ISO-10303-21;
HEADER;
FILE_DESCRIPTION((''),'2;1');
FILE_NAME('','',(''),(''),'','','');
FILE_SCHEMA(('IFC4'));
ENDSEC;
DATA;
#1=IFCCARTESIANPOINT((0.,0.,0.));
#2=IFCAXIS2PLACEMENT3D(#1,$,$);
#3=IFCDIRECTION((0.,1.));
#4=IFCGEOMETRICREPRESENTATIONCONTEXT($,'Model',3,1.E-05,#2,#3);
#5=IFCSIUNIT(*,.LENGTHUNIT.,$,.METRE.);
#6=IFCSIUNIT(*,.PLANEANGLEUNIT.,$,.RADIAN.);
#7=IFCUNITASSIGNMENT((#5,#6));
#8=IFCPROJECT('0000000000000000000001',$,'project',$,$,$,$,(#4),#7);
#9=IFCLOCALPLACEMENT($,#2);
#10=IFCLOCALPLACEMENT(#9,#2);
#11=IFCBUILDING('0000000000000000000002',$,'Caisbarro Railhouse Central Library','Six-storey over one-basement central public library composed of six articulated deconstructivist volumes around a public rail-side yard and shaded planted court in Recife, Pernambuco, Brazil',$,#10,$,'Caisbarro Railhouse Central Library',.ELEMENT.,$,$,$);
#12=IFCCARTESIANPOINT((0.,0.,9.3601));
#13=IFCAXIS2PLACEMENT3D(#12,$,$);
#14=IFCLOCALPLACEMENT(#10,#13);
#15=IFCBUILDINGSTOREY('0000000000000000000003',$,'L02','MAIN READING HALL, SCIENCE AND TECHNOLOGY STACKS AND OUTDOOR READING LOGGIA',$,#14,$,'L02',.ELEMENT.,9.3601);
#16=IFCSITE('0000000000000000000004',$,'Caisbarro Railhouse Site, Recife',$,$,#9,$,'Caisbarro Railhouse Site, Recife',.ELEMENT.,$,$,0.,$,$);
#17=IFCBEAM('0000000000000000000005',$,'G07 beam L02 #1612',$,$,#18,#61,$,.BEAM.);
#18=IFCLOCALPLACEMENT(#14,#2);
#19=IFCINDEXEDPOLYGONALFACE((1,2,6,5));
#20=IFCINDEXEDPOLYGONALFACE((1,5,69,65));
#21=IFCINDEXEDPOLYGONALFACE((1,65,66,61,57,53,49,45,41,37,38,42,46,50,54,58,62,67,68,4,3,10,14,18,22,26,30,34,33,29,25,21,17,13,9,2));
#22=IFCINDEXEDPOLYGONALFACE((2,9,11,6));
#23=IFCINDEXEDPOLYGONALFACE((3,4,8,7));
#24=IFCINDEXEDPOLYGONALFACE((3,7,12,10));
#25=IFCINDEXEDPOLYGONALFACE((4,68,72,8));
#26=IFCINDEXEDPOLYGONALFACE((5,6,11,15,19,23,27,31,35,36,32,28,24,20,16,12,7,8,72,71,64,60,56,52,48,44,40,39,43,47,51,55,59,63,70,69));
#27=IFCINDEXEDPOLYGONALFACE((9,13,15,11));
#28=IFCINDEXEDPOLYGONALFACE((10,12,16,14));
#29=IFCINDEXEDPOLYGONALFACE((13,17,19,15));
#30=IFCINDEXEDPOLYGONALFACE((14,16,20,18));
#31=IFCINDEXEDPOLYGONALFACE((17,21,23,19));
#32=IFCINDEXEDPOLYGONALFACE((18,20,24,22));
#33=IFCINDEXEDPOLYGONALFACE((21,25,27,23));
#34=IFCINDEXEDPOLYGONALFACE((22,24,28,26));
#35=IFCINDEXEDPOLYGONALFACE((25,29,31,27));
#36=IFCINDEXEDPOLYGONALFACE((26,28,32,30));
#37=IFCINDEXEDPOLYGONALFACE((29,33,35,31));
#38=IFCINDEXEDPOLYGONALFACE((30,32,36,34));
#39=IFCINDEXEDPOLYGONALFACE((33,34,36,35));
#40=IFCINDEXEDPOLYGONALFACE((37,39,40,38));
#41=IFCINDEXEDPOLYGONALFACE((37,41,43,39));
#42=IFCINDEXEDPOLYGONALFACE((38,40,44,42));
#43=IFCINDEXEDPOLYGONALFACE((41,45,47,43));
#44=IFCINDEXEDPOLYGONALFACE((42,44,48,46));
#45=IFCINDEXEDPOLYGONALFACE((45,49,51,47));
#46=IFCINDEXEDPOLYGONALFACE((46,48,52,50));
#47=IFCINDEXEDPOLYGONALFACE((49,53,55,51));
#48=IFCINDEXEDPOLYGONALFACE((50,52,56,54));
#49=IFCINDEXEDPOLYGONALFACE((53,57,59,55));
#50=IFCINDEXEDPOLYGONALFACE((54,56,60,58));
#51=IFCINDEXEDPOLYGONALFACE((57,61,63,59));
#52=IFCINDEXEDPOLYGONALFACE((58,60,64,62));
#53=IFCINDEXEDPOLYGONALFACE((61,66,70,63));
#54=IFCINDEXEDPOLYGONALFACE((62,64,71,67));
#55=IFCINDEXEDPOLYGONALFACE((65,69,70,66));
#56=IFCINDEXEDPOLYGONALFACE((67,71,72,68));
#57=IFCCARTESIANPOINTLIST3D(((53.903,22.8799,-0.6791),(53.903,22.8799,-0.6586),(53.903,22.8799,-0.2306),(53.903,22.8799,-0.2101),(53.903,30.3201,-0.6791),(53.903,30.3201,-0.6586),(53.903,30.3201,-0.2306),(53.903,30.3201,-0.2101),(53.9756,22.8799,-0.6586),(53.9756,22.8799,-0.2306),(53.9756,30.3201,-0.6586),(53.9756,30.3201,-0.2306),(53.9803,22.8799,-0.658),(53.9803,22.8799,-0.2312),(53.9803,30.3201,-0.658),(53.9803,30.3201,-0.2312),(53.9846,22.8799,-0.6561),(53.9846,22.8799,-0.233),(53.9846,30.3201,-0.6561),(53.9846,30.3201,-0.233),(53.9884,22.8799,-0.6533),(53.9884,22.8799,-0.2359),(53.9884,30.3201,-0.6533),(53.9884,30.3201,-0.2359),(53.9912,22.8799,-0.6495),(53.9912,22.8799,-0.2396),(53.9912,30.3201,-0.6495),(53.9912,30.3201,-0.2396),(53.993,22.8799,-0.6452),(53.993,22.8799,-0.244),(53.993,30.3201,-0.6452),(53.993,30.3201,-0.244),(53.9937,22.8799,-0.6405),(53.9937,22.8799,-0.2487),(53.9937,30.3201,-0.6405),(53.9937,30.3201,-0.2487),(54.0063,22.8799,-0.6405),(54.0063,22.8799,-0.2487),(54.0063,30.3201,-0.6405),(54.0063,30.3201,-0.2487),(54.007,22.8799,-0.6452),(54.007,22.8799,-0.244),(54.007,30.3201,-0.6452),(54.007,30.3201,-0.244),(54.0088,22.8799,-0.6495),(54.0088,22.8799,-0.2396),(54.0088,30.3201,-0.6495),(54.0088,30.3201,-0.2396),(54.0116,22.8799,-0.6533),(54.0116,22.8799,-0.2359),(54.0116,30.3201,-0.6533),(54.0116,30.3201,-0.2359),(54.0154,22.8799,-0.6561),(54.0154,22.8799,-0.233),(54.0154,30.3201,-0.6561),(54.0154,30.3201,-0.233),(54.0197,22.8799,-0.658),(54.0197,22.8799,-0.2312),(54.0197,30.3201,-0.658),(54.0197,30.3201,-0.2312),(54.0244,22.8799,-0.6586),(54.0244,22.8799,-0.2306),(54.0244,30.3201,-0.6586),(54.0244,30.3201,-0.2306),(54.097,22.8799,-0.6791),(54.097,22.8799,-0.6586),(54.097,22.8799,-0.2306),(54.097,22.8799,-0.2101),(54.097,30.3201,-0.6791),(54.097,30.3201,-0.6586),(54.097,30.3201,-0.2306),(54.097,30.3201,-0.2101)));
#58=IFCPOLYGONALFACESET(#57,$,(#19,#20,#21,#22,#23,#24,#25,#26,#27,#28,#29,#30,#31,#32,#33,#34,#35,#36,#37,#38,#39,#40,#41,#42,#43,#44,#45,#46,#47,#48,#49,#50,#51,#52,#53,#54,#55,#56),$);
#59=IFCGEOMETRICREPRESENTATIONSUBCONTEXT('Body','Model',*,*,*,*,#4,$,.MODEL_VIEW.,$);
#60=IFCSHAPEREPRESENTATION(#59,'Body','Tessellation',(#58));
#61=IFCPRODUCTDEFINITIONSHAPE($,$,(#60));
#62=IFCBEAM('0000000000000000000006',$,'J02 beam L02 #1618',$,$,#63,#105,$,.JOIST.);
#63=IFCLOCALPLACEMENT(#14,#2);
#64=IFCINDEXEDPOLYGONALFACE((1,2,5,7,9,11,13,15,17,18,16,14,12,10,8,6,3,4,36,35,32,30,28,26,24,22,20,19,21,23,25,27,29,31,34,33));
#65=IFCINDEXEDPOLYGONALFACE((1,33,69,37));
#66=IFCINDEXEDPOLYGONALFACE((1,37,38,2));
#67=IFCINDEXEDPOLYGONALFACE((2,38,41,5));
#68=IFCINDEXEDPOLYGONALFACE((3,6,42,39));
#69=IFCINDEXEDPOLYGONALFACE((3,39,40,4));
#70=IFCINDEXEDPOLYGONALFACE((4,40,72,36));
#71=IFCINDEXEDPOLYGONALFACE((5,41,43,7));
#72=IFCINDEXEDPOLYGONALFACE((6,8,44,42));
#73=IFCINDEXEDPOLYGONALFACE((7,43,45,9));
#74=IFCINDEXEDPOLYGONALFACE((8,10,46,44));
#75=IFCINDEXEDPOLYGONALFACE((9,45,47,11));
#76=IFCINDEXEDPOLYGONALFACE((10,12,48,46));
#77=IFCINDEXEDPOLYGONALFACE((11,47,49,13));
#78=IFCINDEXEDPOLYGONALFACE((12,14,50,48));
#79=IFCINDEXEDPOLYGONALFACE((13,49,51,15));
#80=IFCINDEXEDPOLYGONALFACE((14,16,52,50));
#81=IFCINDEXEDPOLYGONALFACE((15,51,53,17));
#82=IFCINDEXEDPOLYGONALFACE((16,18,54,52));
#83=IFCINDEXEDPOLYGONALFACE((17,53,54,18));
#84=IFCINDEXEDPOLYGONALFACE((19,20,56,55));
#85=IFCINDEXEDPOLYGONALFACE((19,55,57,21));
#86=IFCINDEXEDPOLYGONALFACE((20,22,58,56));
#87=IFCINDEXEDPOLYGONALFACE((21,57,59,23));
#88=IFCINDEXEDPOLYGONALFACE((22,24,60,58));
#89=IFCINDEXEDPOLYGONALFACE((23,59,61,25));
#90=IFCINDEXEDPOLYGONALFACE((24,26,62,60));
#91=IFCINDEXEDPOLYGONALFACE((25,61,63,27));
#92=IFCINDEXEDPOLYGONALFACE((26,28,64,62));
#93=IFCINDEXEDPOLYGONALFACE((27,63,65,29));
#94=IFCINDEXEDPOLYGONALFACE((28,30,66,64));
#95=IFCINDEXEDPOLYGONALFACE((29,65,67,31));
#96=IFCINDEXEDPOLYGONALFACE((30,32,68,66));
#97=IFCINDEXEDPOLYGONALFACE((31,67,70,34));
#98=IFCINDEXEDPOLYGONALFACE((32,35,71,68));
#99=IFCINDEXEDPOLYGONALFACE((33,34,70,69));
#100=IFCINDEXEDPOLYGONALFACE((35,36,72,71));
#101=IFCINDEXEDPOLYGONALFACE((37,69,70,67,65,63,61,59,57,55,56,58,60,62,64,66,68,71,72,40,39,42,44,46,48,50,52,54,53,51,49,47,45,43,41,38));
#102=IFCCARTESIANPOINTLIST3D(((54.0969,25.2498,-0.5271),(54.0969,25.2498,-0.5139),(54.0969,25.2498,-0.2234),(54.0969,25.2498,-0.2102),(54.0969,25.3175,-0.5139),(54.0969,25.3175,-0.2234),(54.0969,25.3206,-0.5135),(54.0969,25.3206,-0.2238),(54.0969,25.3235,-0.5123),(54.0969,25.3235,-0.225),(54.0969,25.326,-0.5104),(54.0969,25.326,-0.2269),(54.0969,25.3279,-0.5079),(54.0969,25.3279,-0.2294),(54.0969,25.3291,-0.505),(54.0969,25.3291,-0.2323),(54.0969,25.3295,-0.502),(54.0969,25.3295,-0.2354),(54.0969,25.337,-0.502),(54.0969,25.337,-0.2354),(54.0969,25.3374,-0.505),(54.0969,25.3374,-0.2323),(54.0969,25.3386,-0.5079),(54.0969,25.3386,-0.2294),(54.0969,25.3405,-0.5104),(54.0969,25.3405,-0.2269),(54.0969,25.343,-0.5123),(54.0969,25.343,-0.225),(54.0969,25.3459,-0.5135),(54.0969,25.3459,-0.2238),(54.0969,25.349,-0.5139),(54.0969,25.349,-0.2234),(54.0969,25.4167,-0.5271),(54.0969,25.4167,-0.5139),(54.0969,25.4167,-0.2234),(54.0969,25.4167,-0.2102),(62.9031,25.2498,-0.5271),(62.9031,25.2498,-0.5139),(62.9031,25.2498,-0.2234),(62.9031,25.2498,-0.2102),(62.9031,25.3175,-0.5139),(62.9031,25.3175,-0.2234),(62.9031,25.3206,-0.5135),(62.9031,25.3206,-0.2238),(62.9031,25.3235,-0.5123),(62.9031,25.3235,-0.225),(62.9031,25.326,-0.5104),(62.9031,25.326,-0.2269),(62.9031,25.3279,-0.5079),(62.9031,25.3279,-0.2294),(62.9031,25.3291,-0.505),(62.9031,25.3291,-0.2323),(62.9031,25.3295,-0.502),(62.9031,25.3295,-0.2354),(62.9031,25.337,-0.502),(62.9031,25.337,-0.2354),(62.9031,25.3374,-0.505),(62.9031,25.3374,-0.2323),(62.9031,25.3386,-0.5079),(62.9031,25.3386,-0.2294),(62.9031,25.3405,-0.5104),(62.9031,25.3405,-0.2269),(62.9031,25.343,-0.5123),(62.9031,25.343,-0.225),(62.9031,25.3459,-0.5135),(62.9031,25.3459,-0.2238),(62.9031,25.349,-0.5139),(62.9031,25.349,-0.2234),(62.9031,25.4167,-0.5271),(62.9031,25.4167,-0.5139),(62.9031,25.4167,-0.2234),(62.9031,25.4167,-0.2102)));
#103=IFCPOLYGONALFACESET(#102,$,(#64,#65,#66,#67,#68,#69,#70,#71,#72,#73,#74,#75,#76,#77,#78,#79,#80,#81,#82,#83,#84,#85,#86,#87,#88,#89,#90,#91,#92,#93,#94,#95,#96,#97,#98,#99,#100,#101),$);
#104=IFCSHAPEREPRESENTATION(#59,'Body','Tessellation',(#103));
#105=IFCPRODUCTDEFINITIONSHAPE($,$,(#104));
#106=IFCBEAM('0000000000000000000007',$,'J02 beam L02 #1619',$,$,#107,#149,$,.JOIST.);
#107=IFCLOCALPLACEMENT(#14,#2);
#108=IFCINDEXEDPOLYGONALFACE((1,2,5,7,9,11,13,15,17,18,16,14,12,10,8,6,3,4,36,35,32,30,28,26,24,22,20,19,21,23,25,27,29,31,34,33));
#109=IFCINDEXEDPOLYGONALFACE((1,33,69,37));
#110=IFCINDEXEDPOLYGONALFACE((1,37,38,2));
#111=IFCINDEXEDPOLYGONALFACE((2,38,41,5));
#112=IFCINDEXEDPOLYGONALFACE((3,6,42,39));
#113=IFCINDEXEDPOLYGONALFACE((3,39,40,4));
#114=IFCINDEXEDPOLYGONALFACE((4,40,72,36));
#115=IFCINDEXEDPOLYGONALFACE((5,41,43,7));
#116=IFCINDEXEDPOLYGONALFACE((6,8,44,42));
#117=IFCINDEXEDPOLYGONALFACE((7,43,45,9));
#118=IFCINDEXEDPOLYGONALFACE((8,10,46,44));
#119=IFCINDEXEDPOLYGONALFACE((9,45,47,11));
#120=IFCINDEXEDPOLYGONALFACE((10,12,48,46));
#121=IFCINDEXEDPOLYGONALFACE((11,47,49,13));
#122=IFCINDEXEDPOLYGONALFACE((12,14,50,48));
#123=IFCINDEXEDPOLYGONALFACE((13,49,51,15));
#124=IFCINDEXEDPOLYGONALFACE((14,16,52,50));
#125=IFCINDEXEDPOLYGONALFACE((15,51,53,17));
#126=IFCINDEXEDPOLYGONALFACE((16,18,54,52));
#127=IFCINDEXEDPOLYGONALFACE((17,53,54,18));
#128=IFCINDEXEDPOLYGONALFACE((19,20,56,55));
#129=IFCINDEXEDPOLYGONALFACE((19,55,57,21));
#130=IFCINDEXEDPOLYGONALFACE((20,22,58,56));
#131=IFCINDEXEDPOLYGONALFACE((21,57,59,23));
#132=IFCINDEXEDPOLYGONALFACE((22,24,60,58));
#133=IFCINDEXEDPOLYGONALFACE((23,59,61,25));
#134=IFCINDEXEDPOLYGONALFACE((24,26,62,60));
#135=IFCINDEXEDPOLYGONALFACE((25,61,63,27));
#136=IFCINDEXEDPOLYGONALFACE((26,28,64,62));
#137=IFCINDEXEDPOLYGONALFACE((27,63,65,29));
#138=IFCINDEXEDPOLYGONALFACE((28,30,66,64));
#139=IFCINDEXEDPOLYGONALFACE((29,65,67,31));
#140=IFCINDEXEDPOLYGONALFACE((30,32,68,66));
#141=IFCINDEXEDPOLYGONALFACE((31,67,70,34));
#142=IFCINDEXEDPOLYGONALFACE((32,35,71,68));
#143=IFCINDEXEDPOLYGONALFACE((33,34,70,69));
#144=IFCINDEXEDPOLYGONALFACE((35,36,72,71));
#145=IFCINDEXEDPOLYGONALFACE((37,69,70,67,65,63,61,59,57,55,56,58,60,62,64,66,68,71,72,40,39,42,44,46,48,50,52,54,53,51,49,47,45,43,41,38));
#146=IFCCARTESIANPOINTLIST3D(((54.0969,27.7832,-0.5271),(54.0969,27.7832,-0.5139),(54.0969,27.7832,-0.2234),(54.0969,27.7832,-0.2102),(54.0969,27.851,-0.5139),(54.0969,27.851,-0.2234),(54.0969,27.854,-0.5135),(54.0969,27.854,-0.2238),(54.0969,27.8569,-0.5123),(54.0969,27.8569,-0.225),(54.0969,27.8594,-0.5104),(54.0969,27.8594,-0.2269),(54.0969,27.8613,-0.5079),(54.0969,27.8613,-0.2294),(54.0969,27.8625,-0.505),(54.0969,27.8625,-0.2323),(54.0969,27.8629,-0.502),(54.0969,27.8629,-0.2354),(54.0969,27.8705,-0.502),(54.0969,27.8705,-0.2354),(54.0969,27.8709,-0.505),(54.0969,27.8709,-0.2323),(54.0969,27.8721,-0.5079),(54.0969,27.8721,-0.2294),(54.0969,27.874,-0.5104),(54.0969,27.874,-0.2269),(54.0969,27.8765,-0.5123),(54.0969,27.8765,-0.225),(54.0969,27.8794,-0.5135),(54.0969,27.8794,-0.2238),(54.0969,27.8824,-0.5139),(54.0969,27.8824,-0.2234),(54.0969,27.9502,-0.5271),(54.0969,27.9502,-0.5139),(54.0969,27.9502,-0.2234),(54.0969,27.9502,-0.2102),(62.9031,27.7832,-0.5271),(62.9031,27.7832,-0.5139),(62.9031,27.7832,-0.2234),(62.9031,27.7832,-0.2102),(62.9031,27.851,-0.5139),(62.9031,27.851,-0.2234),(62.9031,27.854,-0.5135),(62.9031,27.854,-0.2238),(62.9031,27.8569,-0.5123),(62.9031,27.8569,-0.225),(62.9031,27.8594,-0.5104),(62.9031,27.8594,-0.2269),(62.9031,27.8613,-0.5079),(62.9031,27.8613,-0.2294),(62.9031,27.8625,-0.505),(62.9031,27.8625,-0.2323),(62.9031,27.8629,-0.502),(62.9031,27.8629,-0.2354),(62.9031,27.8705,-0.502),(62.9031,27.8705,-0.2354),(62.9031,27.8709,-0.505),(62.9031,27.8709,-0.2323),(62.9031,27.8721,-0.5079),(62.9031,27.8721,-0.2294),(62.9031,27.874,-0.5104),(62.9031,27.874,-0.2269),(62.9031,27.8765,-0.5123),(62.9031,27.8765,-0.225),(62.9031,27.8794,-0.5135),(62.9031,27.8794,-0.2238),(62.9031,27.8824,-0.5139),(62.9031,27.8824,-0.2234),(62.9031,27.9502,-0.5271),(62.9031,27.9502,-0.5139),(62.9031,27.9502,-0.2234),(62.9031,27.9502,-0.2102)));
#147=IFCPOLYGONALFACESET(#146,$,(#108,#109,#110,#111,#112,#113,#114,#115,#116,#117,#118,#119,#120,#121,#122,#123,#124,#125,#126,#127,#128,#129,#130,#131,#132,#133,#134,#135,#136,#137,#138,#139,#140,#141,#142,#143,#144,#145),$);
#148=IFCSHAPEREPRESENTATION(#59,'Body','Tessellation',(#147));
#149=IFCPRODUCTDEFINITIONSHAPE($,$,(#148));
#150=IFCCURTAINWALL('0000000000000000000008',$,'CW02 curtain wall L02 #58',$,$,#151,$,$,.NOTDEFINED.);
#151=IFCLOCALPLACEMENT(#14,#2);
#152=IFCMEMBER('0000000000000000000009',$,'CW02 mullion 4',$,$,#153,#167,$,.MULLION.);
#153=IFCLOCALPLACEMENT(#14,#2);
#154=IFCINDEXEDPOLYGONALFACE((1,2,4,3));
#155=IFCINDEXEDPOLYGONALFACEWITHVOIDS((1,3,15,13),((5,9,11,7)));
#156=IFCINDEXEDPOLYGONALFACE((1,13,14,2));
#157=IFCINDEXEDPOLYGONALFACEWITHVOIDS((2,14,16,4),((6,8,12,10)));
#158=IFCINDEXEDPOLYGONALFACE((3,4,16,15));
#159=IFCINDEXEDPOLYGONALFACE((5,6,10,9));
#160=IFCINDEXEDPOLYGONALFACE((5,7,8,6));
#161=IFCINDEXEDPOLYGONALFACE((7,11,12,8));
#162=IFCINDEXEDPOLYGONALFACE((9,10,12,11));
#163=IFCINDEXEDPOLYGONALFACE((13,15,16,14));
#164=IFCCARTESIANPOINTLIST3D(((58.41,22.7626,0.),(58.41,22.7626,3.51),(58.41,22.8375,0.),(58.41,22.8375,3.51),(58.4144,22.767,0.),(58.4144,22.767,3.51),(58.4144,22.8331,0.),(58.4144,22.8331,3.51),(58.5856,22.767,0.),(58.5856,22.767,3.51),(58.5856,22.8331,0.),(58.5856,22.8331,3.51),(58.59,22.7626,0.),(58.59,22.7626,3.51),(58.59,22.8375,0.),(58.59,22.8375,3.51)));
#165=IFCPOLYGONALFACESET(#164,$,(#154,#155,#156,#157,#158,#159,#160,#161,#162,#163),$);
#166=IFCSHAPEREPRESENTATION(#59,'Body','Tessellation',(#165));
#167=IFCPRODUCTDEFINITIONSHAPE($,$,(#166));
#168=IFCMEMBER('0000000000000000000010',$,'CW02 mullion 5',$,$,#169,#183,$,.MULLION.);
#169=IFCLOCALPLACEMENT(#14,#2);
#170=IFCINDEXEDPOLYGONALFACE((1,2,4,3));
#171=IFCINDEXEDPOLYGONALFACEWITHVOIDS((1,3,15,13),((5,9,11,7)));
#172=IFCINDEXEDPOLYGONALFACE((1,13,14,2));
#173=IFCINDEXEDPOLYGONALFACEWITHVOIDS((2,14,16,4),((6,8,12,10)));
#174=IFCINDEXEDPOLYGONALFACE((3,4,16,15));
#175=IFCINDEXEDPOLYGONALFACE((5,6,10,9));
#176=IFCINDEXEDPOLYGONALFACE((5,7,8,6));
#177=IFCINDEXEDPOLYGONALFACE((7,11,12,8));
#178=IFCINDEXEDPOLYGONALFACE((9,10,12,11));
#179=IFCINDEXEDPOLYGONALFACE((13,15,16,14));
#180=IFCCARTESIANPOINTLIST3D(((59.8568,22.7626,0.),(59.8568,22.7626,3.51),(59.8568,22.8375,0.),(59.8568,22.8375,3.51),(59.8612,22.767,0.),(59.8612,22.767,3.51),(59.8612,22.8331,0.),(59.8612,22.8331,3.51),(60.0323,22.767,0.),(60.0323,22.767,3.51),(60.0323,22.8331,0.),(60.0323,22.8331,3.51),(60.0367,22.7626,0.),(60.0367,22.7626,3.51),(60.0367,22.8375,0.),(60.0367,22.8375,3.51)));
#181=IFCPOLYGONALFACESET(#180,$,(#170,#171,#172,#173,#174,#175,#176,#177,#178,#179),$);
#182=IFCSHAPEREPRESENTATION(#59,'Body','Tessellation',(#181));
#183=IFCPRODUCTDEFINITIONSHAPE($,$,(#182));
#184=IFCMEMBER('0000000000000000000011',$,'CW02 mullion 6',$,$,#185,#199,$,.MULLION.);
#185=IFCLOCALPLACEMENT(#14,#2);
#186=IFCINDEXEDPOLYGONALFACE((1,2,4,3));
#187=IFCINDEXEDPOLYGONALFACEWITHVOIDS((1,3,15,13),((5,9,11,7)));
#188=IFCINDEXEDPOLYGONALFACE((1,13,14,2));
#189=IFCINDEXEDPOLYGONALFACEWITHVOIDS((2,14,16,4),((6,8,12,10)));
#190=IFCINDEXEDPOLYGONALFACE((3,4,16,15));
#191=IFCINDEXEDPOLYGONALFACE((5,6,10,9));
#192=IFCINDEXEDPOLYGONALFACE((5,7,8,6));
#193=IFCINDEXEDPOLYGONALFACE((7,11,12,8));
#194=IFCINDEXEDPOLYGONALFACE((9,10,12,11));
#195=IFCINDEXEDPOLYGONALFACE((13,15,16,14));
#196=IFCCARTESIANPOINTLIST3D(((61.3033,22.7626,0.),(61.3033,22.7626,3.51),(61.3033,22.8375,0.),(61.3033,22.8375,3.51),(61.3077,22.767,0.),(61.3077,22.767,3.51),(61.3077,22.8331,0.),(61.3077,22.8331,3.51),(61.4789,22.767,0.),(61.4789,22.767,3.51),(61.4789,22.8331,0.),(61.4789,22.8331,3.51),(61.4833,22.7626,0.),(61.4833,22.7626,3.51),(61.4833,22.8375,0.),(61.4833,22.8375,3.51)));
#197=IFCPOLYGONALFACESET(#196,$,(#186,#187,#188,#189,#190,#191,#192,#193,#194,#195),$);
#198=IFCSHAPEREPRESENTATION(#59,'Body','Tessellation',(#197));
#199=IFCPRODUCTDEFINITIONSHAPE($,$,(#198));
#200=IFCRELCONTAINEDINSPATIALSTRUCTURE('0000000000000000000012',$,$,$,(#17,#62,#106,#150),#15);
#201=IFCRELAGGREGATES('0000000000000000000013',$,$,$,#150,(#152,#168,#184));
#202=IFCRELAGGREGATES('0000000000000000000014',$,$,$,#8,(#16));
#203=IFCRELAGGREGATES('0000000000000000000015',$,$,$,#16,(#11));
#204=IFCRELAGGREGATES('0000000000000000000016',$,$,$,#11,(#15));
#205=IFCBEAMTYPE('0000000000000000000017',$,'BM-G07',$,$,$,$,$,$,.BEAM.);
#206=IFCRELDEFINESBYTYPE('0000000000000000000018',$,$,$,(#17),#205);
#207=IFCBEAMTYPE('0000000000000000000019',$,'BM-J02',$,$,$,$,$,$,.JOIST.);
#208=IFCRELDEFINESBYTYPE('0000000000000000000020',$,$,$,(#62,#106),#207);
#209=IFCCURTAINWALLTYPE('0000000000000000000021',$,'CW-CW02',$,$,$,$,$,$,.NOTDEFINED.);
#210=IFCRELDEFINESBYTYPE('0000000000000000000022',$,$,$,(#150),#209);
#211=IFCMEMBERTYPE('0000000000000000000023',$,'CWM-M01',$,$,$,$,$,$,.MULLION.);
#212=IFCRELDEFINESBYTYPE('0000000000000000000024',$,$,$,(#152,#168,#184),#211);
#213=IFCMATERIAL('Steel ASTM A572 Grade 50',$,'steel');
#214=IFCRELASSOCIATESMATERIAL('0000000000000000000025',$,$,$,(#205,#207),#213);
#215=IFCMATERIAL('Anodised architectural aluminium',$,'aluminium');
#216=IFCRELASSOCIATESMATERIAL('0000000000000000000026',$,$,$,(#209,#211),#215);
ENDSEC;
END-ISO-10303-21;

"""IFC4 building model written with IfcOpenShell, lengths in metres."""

from ifc_helpers import new_model, si_unit, direction, frame, origin, origin_2d, place, context, subcontext, project, spatial, hollow_rectangle, i_section, extrude, material, material_profile, profile_set, type_object, element, aggregate, save


model = new_model("IFC4")

# Units and contexts
model_context = context("Model", 3, precision=1e-05, world=origin(), true_north=direction((0.0, 1.0)))
body_context = subcontext(model_context, "Body", "Model", "MODEL_VIEW")
ifc_project = project(units=[si_unit("LENGTHUNIT", "METRE"), si_unit("PLANEANGLEUNIT", "RADIAN")], contexts=[model_context])

# Site, building, storey
site_placement = place(None, origin())
site = spatial("IfcSite", under=ifc_project, at=site_placement, Name="Caisbarro Railhouse Site, Recife", LongName="Caisbarro Railhouse Site, Recife", CompositionType="ELEMENT", RefElevation=0.0)
building_placement = place(site_placement, origin())
building = spatial("IfcBuilding", under=site, at=building_placement, Name="Caisbarro Railhouse Central Library", Description="Six-storey over one-basement central public library composed of six articulated deconstructivist volumes around a public rail-side yard and shaded planted court in Recife, Pernambuco, Brazil", LongName="Caisbarro Railhouse Central Library", CompositionType="ELEMENT")
storey_placement = place(building_placement, frame((0.0, 0.0, 9.3601)))
storey = spatial("IfcBuildingStorey", under=building, at=storey_placement, Name="L02", Description="MAIN READING HALL, SCIENCE AND TECHNOLOGY STACKS AND OUTDOOR READING LOGGIA", LongName="L02", CompositionType="ELEMENT", Elevation=9.3601)

# Beams
ifc_material_1 = material(Name="Steel ASTM A572 Grade 50", Category="steel")
ifc_material_profile_1 = material_profile(ifc_material_1, i_section(OverallWidth=0.1941, OverallDepth=0.469, WebThickness=0.0127, FlangeThickness=0.0205, FilletRadius=0.0181, at=origin_2d()), Name="W460X106.0")
ifc_profile_set_1 = profile_set([ifc_material_profile_1], Name="Steel ASTM A572 Grade 50")
beam_type_1 = type_object("IfcBeamType", Name="BM-G07", PredefinedType="BEAM", material=ifc_profile_set_1)
beam_placement = place(storey_placement, frame((54.0, 22.8799, -0.4446), z_axis=(0.0, 1.0, 0.0), x_axis=(-1.0, 0.0, 0.0)))
element("IfcBeam", 1, at=beam_placement, inside=storey, type_object=beam_type_1, Name="G07 beam L02 #1612", PredefinedType="BEAM", context=body_context, shape_type="SweptSolid", body=[
    extrude(i_section(OverallWidth=0.1941, OverallDepth=0.469, WebThickness=0.0127, FlangeThickness=0.0205, FilletRadius=0.0181, at=origin_2d()), origin(), (0.0, 0.0, 1.0), 7.4402),
])
ifc_material_profile_2 = material_profile(ifc_material_1, i_section(OverallWidth=0.167, OverallDepth=0.3169, WebThickness=0.0076, FlangeThickness=0.0132, FilletRadius=0.012, at=origin_2d()), Name="W310X52.0")
ifc_profile_set_2 = profile_set([ifc_material_profile_2], Name="Steel ASTM A572 Grade 50")
beam_type_2 = type_object("IfcBeamType", Name="BM-J02", PredefinedType="JOIST", material=ifc_profile_set_2)
for number, where, z_axis, x_axis, name in (
    (2, (54.0969, 25.3333, -0.3687), (1.0, 0.0, 0.0), (0.0, 1.0, 0.0), "J02 beam L02 #1618"),
    (3, (54.0969, 27.8667, -0.3687), (1.0, 0.0, 0.0), (0.0, 1.0, 0.0), "J02 beam L02 #1619"),
):
    element("IfcBeam", number, at=place(storey_placement, frame(where, z_axis=z_axis, x_axis=x_axis)), inside=storey, type_object=beam_type_2, Name=name, PredefinedType="JOIST", context=body_context, shape_type="SweptSolid", body=[
        extrude(i_section(OverallWidth=0.167, OverallDepth=0.3169, WebThickness=0.0076, FlangeThickness=0.0132, FilletRadius=0.012, at=origin_2d()), origin(), (0.0, 0.0, 1.0), 8.8062),
    ])

# Curtain wall, members
ifc_material_2 = material(Name="Anodised architectural aluminium", Category="aluminium")
curtain_wall_type = type_object("IfcCurtainWallType", Name="CW-CW02", PredefinedType="NOTDEFINED", material=ifc_material_2)
curtain_wall_1_placement = place(storey_placement, origin())
curtain_wall_1 = element("IfcCurtainWall", 4, at=curtain_wall_1_placement, inside=storey, type_object=curtain_wall_type, Name="CW02 curtain wall L02 #58", PredefinedType="NOTDEFINED")
ifc_material_profile_3 = material_profile(ifc_material_2, hollow_rectangle(XDim=0.075, YDim=0.1799, WallThickness=0.0044, at=origin_2d()), Name="ALU-MUL-75X180")
ifc_profile_set_3 = profile_set([ifc_material_profile_3], Name="Anodised architectural aluminium")
member_type_1 = type_object("IfcMemberType", Name="CWM-M01", PredefinedType="MULLION", material=ifc_profile_set_3)
member_1_placement = place(storey_placement, frame((58.5, 22.8, 0.0), z_axis=(0.0, 0.0, 1.0), x_axis=(0.0, 1.0, 0.0)))
member_1 = element("IfcMember", 5, at=member_1_placement, type_object=member_type_1, Name="CW02 mullion 4", PredefinedType="MULLION", context=body_context, shape_type="SweptSolid", body=[
    extrude(hollow_rectangle(XDim=0.075, YDim=0.1799, WallThickness=0.0044, at=origin_2d()), origin(), (0.0, 0.0, 1.0), 3.51),
])
member_2_placement = place(storey_placement, frame((59.9468, 22.8, 0.0), z_axis=(0.0, 0.0, 1.0), x_axis=(0.0, 1.0, 0.0)))
member_2 = element("IfcMember", 6, at=member_2_placement, type_object=member_type_1, Name="CW02 mullion 5", PredefinedType="MULLION", context=body_context, shape_type="SweptSolid", body=[
    extrude(hollow_rectangle(XDim=0.075, YDim=0.1799, WallThickness=0.0044, at=origin_2d()), origin(), (0.0, 0.0, 1.0), 3.51),
])
member_3_placement = place(storey_placement, frame((61.3933, 22.8, 0.0), z_axis=(0.0, 0.0, 1.0), x_axis=(0.0, 1.0, 0.0)))
member_3 = element("IfcMember", 7, at=member_3_placement, type_object=member_type_1, Name="CW02 mullion 6", PredefinedType="MULLION", context=body_context, shape_type="SweptSolid", body=[
    extrude(hollow_rectangle(XDim=0.075, YDim=0.1799, WallThickness=0.0044, at=origin_2d()), origin(), (0.0, 0.0, 1.0), 3.51),
])

aggregate(curtain_wall_1, [member_1, member_2, member_3])

save(model, "model.ifc")
